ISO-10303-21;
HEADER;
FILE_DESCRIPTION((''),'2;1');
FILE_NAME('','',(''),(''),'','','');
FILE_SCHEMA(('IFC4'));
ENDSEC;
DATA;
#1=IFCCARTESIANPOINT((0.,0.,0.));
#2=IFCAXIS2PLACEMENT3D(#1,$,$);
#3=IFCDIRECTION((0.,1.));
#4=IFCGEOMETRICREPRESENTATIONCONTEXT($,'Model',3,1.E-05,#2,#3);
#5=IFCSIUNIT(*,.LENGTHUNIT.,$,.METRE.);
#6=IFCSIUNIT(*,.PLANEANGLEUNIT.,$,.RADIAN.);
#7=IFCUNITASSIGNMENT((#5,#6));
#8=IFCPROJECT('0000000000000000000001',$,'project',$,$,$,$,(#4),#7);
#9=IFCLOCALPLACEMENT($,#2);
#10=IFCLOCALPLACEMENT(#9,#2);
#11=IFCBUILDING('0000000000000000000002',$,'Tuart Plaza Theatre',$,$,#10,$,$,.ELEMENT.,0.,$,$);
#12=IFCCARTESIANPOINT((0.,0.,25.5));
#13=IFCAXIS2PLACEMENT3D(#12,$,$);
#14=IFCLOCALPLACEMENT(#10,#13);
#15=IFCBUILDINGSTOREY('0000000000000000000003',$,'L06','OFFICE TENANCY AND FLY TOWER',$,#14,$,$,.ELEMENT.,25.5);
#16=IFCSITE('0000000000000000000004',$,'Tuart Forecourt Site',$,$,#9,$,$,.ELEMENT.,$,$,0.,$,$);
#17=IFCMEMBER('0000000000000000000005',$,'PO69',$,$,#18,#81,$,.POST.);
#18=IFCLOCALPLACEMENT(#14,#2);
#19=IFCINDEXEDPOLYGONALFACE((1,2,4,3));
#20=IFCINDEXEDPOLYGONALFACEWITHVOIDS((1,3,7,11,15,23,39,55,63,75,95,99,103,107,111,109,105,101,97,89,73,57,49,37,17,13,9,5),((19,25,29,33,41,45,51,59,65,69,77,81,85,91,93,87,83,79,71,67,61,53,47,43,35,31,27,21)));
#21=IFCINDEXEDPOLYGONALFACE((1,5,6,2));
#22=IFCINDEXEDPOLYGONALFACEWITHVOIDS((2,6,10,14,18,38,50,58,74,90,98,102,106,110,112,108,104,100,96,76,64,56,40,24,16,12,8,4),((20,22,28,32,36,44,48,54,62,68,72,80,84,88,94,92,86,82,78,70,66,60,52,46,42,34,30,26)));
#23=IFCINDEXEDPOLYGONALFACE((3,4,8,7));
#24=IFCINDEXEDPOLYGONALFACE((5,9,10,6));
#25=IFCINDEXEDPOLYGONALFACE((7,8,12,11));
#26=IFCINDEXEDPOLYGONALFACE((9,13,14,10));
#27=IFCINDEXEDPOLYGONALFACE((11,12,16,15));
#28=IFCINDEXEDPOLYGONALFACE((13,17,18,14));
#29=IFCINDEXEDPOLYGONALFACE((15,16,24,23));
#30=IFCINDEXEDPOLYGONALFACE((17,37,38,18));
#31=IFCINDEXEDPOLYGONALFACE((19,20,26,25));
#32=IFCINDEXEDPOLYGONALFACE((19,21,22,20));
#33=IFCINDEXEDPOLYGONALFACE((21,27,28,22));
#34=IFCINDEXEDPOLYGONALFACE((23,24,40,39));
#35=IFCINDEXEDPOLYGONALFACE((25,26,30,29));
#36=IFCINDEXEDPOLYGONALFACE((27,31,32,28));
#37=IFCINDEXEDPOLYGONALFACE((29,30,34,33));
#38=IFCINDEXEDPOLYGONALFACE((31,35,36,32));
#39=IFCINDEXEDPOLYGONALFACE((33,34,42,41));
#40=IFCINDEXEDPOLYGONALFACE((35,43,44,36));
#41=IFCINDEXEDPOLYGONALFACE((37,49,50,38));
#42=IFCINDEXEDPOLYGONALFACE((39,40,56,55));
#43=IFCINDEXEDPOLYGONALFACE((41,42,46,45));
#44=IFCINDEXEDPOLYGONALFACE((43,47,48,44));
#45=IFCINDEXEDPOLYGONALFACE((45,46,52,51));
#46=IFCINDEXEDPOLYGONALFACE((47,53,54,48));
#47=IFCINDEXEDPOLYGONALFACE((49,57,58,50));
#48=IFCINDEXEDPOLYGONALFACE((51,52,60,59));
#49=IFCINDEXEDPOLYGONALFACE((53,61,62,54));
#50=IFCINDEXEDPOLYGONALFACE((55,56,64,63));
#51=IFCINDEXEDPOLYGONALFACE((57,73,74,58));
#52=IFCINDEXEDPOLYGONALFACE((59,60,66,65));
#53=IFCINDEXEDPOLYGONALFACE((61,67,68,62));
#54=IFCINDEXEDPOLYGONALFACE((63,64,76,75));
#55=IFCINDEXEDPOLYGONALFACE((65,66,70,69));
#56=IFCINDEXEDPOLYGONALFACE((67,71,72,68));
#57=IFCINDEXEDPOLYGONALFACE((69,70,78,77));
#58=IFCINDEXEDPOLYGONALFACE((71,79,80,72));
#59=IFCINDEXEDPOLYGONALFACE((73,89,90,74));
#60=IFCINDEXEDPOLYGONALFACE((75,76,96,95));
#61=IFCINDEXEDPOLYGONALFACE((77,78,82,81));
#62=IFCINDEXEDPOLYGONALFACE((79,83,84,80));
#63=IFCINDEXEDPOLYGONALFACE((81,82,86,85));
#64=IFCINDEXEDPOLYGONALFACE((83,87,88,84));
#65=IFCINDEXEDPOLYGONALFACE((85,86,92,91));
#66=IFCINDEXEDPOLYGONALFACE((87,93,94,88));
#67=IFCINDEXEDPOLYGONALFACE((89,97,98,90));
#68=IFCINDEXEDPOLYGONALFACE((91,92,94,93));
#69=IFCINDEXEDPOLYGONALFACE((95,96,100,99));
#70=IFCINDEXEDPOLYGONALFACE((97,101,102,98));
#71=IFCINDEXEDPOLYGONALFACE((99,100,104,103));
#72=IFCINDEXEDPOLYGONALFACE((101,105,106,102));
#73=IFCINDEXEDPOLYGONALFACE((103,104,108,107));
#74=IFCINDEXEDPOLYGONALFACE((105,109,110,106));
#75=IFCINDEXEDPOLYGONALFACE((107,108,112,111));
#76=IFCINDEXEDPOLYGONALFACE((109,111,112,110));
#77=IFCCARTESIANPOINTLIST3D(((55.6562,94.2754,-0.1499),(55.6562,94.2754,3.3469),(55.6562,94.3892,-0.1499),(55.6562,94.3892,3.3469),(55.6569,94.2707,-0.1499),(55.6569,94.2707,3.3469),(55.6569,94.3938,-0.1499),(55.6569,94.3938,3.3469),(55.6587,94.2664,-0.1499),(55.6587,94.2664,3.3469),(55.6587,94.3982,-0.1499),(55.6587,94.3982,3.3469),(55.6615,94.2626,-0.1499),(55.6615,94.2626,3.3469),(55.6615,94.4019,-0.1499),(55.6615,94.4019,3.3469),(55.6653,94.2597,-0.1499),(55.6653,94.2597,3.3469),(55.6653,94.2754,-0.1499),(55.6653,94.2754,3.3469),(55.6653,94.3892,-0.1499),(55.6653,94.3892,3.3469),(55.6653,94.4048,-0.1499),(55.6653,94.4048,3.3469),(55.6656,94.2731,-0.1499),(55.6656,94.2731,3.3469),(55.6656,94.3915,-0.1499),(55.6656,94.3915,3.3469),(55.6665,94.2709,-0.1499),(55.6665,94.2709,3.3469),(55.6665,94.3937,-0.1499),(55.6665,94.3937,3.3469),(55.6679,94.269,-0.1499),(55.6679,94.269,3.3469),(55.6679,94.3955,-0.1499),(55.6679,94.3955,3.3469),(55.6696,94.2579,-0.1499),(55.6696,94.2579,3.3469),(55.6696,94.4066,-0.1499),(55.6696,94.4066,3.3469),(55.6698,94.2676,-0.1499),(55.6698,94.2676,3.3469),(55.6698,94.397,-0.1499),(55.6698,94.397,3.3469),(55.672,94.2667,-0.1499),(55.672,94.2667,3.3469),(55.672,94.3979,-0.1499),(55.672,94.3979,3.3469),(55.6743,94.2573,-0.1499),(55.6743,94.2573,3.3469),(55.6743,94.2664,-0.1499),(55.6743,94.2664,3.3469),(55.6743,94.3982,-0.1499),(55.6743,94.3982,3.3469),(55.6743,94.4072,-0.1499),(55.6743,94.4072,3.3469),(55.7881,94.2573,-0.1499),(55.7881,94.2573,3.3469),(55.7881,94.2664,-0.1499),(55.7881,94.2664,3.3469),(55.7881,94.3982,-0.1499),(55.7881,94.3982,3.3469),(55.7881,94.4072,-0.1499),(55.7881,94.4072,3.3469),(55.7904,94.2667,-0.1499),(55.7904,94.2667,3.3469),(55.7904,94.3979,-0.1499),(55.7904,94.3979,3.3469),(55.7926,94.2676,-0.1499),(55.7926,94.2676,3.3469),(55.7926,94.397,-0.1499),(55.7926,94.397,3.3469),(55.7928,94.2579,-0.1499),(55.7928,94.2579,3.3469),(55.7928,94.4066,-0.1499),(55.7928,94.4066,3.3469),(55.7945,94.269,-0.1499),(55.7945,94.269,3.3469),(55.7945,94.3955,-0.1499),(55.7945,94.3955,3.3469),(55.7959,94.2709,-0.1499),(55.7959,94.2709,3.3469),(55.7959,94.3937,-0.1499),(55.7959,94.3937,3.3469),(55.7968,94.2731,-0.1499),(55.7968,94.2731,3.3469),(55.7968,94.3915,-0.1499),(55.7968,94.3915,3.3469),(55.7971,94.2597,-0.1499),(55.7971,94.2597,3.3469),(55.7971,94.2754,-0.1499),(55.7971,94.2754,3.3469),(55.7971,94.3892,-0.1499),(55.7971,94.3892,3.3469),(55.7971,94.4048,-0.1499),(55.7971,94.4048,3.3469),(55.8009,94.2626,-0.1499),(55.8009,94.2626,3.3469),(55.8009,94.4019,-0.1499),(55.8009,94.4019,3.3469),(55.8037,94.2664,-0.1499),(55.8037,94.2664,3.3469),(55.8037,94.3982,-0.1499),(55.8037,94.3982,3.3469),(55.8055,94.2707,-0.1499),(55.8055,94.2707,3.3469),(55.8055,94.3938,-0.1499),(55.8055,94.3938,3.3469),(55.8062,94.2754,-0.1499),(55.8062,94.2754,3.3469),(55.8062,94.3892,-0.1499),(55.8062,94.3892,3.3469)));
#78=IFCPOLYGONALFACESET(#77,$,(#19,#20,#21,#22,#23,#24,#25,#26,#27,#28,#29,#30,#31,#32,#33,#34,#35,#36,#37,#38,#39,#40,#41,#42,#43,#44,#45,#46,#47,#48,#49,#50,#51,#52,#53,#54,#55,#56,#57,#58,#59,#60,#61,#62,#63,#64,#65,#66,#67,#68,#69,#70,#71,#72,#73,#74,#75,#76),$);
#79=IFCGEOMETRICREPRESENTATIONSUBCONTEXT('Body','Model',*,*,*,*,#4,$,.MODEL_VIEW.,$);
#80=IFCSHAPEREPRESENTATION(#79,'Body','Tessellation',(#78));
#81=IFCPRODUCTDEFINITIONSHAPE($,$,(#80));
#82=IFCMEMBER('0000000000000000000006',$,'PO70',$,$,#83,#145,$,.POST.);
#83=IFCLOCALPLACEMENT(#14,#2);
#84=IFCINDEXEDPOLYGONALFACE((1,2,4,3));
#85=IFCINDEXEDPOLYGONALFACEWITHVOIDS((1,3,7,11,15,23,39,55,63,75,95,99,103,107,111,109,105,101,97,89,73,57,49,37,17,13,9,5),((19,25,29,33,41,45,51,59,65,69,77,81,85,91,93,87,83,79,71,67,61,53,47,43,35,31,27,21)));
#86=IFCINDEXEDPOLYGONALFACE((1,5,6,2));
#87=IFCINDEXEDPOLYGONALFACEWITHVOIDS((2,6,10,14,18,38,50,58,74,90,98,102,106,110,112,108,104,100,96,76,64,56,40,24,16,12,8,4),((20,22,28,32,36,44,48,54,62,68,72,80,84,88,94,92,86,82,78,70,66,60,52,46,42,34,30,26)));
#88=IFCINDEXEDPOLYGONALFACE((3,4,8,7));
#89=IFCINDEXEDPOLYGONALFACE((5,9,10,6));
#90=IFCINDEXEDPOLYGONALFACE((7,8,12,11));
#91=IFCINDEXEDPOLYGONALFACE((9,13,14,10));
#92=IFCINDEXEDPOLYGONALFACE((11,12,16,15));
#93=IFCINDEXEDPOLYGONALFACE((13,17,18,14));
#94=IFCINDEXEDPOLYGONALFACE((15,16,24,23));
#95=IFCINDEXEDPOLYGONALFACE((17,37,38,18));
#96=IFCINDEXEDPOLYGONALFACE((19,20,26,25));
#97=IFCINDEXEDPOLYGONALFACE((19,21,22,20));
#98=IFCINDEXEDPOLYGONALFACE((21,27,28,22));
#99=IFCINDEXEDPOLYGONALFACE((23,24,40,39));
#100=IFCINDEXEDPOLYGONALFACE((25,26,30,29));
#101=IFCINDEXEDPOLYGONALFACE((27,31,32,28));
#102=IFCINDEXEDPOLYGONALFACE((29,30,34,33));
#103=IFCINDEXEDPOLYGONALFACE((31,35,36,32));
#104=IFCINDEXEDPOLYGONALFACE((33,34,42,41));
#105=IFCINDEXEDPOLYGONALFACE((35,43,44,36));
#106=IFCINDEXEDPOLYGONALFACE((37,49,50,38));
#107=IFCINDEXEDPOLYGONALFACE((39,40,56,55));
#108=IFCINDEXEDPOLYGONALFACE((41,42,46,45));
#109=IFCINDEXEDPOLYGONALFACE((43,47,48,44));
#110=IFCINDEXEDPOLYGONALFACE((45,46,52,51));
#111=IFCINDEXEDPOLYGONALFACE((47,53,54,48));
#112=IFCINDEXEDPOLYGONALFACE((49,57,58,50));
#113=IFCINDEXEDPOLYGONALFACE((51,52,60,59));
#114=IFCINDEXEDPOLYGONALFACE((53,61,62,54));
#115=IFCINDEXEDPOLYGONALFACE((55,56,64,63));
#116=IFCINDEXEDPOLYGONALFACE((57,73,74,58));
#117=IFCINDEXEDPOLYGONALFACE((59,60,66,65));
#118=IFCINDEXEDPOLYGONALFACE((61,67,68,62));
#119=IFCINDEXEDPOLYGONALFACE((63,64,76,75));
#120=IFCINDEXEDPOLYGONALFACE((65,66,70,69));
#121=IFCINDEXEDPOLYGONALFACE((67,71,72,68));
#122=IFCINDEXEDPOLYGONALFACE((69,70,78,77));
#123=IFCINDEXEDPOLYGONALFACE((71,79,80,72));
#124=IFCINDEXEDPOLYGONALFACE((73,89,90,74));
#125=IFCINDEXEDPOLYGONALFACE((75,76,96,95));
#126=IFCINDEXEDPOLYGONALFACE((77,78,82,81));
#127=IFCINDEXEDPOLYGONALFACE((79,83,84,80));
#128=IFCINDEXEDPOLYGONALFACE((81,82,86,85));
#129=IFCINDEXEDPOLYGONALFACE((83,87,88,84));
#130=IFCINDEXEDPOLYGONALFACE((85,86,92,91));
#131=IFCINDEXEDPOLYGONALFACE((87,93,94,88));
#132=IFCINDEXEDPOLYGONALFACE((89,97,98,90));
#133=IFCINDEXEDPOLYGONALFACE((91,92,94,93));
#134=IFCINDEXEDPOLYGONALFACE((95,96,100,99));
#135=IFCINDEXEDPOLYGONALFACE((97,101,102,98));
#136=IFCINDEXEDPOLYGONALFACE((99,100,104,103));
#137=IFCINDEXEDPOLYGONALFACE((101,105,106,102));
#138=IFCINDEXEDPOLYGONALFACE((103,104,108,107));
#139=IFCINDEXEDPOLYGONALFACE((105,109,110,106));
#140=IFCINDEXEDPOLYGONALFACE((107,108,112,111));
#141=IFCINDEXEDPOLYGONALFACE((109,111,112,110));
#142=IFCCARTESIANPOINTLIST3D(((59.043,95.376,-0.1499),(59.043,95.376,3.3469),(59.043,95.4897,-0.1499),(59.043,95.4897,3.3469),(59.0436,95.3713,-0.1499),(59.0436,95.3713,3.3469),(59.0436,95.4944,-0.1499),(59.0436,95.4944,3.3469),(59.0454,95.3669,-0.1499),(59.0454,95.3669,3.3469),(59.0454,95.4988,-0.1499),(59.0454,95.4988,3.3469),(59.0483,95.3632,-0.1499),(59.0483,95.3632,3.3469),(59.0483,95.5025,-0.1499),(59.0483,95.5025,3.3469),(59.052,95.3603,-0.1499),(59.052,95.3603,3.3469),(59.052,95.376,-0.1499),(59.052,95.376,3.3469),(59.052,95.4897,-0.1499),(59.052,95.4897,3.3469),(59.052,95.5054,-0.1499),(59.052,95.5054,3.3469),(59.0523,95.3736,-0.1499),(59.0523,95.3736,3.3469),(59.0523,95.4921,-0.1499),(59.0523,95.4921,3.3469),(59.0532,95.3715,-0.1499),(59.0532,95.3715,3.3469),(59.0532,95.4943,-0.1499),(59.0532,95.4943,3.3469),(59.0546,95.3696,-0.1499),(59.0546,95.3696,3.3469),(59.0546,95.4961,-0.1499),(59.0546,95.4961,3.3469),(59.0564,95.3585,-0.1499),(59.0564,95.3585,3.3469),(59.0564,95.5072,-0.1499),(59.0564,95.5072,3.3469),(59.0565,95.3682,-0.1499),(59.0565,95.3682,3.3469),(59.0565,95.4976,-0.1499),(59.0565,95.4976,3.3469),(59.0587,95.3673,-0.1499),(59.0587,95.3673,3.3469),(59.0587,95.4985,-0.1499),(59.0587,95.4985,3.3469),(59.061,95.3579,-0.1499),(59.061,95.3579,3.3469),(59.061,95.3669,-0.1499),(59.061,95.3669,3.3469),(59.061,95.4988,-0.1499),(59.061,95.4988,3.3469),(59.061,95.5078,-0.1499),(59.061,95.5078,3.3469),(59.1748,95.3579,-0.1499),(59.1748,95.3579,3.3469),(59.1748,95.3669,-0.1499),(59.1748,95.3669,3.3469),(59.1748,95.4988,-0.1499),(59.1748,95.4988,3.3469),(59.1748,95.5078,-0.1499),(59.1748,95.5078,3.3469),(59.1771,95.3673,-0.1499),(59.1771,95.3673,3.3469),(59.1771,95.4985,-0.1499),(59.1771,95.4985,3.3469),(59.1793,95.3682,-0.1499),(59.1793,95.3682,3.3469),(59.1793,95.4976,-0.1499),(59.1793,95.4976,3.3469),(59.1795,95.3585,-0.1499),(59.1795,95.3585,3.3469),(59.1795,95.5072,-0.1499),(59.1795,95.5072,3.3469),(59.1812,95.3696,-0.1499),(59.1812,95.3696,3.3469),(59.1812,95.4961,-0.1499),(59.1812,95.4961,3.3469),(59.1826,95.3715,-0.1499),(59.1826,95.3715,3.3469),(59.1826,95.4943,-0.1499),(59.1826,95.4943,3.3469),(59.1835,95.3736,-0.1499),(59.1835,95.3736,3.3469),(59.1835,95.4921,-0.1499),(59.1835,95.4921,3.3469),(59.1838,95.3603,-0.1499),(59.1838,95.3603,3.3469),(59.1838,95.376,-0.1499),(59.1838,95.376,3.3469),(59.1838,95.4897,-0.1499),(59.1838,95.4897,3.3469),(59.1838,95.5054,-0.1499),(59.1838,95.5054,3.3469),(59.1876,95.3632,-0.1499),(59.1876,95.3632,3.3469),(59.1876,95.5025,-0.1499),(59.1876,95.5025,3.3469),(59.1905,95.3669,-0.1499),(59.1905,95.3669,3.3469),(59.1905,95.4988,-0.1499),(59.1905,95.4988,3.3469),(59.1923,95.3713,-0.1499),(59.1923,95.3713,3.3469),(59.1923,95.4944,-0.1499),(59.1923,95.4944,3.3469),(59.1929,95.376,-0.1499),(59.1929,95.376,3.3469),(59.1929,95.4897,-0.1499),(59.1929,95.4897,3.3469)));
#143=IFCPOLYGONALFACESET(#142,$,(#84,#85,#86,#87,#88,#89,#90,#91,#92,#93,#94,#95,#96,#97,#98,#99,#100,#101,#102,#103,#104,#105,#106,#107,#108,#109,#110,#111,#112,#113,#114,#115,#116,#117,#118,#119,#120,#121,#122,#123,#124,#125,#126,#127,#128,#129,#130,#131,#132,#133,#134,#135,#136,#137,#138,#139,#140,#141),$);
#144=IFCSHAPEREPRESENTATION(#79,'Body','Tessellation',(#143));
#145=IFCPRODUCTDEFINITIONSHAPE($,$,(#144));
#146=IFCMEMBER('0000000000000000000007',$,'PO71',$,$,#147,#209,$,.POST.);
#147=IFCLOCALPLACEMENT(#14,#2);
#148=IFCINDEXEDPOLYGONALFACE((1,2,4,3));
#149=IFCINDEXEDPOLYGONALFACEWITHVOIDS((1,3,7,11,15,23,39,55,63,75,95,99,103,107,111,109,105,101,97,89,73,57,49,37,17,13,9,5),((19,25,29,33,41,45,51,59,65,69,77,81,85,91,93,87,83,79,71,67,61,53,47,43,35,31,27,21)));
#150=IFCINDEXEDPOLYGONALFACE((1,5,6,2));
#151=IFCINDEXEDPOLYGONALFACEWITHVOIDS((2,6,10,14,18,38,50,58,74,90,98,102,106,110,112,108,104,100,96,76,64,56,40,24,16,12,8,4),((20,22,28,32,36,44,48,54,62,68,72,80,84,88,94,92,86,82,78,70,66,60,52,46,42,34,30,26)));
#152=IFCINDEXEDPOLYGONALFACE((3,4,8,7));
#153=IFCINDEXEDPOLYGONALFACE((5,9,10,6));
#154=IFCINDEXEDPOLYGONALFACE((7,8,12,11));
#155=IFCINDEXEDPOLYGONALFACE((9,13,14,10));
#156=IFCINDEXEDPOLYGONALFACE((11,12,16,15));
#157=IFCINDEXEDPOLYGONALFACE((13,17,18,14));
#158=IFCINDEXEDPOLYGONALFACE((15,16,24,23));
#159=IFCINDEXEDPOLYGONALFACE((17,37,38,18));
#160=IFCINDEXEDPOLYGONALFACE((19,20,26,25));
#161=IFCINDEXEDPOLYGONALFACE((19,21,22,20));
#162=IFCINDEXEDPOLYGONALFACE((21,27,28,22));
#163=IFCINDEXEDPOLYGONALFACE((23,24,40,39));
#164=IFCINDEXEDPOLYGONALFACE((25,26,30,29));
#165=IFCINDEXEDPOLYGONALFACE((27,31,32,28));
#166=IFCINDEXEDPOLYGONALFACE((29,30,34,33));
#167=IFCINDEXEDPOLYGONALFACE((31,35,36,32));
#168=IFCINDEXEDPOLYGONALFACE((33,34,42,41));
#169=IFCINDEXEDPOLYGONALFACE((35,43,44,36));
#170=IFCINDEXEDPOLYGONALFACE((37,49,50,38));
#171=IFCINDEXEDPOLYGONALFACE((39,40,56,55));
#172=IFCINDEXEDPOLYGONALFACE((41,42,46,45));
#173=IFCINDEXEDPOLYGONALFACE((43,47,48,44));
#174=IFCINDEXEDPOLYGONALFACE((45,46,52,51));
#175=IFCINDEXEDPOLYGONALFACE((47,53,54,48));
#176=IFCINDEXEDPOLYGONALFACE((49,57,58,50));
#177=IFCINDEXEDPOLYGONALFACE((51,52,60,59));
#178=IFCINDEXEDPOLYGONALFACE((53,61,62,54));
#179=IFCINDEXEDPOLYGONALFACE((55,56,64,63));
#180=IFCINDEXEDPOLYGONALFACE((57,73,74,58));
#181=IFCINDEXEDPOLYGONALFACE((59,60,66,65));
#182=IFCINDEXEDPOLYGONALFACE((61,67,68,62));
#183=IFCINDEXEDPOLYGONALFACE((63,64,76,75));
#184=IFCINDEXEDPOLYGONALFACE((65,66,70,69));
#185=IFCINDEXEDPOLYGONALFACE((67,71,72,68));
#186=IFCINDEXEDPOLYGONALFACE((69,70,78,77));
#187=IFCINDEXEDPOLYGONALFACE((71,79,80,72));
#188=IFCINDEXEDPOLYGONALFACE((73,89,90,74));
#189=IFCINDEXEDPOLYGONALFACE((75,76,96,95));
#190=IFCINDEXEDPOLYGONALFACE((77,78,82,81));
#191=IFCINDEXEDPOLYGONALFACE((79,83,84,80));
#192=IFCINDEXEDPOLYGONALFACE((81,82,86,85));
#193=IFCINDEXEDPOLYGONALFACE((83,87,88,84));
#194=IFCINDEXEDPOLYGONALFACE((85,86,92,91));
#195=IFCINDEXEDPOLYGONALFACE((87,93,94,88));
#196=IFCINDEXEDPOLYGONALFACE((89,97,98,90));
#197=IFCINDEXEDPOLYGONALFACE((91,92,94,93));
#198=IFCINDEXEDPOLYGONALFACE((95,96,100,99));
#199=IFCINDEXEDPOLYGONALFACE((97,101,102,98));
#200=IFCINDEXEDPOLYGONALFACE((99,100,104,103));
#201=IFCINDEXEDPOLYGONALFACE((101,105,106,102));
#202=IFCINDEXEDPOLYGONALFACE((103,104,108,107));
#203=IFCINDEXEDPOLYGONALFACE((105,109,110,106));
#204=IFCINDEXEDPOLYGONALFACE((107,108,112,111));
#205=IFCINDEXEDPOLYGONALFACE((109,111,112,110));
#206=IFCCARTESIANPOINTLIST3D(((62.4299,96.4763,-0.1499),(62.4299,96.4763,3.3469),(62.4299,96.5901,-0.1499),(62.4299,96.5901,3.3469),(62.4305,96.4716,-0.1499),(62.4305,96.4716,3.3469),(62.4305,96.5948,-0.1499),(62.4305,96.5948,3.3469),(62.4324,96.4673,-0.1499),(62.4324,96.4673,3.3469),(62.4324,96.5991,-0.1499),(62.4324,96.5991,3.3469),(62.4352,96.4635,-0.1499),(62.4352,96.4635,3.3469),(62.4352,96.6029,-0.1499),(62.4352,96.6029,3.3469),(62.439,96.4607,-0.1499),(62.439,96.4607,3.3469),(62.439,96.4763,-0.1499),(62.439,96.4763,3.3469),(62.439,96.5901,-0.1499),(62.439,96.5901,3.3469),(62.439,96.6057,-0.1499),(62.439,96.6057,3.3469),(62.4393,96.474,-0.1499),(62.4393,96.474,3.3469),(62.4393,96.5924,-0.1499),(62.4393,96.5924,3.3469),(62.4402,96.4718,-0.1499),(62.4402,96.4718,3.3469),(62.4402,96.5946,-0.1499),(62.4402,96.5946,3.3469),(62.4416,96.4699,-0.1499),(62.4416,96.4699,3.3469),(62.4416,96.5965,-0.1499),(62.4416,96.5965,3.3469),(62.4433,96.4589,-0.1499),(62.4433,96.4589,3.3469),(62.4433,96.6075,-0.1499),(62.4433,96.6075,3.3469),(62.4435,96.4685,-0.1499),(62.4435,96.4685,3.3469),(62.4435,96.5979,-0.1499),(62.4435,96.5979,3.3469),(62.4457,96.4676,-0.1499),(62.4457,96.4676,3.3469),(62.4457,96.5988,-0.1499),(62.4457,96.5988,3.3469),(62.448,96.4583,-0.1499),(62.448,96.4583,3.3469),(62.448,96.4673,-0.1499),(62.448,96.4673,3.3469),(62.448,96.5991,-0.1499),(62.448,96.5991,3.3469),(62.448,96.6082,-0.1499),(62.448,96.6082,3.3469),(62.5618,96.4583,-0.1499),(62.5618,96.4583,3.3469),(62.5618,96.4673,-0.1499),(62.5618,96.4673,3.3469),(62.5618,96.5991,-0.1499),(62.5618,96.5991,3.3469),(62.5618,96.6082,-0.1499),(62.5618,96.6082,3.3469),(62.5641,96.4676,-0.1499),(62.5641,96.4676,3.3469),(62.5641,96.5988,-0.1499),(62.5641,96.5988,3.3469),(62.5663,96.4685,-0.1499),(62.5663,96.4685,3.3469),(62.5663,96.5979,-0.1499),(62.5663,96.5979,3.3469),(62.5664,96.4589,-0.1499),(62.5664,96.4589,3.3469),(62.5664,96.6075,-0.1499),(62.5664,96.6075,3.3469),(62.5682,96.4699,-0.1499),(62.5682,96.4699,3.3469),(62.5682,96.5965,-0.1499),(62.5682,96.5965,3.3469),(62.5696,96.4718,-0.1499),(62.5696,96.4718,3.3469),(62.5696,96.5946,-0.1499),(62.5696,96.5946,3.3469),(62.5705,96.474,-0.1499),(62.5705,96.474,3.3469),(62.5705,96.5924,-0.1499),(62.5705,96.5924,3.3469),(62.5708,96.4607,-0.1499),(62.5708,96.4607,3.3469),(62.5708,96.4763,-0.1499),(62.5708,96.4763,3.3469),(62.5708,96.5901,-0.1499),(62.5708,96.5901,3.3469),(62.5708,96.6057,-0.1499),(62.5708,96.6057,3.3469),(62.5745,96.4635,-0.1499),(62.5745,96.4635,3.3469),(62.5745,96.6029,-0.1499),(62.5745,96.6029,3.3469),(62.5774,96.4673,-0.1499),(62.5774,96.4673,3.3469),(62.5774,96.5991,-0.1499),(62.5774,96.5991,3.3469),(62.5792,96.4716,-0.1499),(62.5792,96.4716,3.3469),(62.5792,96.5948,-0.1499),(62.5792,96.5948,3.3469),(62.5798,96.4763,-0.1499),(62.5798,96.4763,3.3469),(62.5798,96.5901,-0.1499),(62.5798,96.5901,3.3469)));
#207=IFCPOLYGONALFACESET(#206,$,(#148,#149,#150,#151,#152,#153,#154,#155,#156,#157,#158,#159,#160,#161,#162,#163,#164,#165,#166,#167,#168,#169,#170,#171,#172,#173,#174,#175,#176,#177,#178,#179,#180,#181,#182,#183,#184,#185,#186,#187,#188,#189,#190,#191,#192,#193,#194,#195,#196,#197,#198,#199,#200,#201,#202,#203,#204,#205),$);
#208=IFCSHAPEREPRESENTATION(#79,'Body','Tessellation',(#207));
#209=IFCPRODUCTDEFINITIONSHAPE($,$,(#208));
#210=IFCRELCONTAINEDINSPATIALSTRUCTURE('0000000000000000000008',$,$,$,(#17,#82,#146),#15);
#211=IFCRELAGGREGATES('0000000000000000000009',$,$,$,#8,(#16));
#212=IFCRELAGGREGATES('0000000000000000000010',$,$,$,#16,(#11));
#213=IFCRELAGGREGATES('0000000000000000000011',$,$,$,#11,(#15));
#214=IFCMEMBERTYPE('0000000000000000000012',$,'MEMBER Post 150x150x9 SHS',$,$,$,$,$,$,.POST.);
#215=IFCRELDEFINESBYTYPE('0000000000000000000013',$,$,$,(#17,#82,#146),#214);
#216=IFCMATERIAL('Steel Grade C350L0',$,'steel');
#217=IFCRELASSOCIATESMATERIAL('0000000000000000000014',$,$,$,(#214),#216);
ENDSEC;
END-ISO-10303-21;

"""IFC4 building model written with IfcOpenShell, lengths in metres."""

from ifc_helpers import new_model, si_unit, direction, frame, origin, origin_2d, place, context, subcontext, project, spatial, hollow_rectangle, extrude, material, material_profile, profile_set, type_object, element, save


model = new_model("IFC4")

# Units and contexts
model_context = context("Model", 3, precision=1e-05, world=origin(), true_north=direction((0.0, 1.0)))
body_context = subcontext(model_context, "Body", "Model", "MODEL_VIEW")
ifc_project = project(units=[si_unit("LENGTHUNIT", "METRE"), si_unit("PLANEANGLEUNIT", "RADIAN")], contexts=[model_context])

# Site, building, storey
site_placement = place(None, origin())
site = spatial("IfcSite", under=ifc_project, at=site_placement, Name="Tuart Forecourt Site", CompositionType="ELEMENT", RefElevation=0.0)
building_placement = place(site_placement, origin())
building = spatial("IfcBuilding", under=site, at=building_placement, Name="Tuart Plaza Theatre", CompositionType="ELEMENT", ElevationOfRefHeight=0.0)
storey_placement = place(building_placement, frame((0.0, 0.0, 25.5)))
storey = spatial("IfcBuildingStorey", under=building, at=storey_placement, Name="L06", Description="OFFICE TENANCY AND FLY TOWER", CompositionType="ELEMENT", Elevation=25.5)

# Members
ifc_material_1 = material(Name="Steel Grade C350L0", Category="steel")
ifc_material_profile_1 = material_profile(ifc_material_1, hollow_rectangle(XDim=0.1499, YDim=0.1499, WallThickness=0.009, InnerFilletRadius=0.009, OuterFilletRadius=0.0181, at=origin_2d()), Name="150x150x9 SHS")
ifc_profile_set_1 = profile_set([ifc_material_profile_1], Name="Steel Grade C350L0")
member_type_1 = type_object("IfcMemberType", Name="MEMBER Post 150x150x9 SHS", PredefinedType="POST", material=ifc_profile_set_1)
for number, where, z_axis, x_axis, name in (
    (1, (55.7312, 94.3323, -0.1499), (0.0, 0.0, 1.0), (1.0, 0.0, 0.0), "PO69"),
    (2, (59.1179, 95.4329, -0.1499), (0.0, 0.0, 1.0), (1.0, 0.0, 0.0), "PO70"),
    (3, (62.5049, 96.5332, -0.1499), (0.0, 0.0, 1.0), (1.0, 0.0, 0.0), "PO71"),
):
    element("IfcMember", number, at=place(storey_placement, frame(where, z_axis=z_axis, x_axis=x_axis)), inside=storey, type_object=member_type_1, Name=name, PredefinedType="POST", context=body_context, shape_type="SweptSolid", body=[
        extrude(hollow_rectangle(XDim=0.1499, YDim=0.1499, WallThickness=0.009, InnerFilletRadius=0.009, OuterFilletRadius=0.0181, at=origin_2d()), origin(), (0.0, 0.0, 1.0), 3.4968),
    ])

save(model, "model.ifc")
